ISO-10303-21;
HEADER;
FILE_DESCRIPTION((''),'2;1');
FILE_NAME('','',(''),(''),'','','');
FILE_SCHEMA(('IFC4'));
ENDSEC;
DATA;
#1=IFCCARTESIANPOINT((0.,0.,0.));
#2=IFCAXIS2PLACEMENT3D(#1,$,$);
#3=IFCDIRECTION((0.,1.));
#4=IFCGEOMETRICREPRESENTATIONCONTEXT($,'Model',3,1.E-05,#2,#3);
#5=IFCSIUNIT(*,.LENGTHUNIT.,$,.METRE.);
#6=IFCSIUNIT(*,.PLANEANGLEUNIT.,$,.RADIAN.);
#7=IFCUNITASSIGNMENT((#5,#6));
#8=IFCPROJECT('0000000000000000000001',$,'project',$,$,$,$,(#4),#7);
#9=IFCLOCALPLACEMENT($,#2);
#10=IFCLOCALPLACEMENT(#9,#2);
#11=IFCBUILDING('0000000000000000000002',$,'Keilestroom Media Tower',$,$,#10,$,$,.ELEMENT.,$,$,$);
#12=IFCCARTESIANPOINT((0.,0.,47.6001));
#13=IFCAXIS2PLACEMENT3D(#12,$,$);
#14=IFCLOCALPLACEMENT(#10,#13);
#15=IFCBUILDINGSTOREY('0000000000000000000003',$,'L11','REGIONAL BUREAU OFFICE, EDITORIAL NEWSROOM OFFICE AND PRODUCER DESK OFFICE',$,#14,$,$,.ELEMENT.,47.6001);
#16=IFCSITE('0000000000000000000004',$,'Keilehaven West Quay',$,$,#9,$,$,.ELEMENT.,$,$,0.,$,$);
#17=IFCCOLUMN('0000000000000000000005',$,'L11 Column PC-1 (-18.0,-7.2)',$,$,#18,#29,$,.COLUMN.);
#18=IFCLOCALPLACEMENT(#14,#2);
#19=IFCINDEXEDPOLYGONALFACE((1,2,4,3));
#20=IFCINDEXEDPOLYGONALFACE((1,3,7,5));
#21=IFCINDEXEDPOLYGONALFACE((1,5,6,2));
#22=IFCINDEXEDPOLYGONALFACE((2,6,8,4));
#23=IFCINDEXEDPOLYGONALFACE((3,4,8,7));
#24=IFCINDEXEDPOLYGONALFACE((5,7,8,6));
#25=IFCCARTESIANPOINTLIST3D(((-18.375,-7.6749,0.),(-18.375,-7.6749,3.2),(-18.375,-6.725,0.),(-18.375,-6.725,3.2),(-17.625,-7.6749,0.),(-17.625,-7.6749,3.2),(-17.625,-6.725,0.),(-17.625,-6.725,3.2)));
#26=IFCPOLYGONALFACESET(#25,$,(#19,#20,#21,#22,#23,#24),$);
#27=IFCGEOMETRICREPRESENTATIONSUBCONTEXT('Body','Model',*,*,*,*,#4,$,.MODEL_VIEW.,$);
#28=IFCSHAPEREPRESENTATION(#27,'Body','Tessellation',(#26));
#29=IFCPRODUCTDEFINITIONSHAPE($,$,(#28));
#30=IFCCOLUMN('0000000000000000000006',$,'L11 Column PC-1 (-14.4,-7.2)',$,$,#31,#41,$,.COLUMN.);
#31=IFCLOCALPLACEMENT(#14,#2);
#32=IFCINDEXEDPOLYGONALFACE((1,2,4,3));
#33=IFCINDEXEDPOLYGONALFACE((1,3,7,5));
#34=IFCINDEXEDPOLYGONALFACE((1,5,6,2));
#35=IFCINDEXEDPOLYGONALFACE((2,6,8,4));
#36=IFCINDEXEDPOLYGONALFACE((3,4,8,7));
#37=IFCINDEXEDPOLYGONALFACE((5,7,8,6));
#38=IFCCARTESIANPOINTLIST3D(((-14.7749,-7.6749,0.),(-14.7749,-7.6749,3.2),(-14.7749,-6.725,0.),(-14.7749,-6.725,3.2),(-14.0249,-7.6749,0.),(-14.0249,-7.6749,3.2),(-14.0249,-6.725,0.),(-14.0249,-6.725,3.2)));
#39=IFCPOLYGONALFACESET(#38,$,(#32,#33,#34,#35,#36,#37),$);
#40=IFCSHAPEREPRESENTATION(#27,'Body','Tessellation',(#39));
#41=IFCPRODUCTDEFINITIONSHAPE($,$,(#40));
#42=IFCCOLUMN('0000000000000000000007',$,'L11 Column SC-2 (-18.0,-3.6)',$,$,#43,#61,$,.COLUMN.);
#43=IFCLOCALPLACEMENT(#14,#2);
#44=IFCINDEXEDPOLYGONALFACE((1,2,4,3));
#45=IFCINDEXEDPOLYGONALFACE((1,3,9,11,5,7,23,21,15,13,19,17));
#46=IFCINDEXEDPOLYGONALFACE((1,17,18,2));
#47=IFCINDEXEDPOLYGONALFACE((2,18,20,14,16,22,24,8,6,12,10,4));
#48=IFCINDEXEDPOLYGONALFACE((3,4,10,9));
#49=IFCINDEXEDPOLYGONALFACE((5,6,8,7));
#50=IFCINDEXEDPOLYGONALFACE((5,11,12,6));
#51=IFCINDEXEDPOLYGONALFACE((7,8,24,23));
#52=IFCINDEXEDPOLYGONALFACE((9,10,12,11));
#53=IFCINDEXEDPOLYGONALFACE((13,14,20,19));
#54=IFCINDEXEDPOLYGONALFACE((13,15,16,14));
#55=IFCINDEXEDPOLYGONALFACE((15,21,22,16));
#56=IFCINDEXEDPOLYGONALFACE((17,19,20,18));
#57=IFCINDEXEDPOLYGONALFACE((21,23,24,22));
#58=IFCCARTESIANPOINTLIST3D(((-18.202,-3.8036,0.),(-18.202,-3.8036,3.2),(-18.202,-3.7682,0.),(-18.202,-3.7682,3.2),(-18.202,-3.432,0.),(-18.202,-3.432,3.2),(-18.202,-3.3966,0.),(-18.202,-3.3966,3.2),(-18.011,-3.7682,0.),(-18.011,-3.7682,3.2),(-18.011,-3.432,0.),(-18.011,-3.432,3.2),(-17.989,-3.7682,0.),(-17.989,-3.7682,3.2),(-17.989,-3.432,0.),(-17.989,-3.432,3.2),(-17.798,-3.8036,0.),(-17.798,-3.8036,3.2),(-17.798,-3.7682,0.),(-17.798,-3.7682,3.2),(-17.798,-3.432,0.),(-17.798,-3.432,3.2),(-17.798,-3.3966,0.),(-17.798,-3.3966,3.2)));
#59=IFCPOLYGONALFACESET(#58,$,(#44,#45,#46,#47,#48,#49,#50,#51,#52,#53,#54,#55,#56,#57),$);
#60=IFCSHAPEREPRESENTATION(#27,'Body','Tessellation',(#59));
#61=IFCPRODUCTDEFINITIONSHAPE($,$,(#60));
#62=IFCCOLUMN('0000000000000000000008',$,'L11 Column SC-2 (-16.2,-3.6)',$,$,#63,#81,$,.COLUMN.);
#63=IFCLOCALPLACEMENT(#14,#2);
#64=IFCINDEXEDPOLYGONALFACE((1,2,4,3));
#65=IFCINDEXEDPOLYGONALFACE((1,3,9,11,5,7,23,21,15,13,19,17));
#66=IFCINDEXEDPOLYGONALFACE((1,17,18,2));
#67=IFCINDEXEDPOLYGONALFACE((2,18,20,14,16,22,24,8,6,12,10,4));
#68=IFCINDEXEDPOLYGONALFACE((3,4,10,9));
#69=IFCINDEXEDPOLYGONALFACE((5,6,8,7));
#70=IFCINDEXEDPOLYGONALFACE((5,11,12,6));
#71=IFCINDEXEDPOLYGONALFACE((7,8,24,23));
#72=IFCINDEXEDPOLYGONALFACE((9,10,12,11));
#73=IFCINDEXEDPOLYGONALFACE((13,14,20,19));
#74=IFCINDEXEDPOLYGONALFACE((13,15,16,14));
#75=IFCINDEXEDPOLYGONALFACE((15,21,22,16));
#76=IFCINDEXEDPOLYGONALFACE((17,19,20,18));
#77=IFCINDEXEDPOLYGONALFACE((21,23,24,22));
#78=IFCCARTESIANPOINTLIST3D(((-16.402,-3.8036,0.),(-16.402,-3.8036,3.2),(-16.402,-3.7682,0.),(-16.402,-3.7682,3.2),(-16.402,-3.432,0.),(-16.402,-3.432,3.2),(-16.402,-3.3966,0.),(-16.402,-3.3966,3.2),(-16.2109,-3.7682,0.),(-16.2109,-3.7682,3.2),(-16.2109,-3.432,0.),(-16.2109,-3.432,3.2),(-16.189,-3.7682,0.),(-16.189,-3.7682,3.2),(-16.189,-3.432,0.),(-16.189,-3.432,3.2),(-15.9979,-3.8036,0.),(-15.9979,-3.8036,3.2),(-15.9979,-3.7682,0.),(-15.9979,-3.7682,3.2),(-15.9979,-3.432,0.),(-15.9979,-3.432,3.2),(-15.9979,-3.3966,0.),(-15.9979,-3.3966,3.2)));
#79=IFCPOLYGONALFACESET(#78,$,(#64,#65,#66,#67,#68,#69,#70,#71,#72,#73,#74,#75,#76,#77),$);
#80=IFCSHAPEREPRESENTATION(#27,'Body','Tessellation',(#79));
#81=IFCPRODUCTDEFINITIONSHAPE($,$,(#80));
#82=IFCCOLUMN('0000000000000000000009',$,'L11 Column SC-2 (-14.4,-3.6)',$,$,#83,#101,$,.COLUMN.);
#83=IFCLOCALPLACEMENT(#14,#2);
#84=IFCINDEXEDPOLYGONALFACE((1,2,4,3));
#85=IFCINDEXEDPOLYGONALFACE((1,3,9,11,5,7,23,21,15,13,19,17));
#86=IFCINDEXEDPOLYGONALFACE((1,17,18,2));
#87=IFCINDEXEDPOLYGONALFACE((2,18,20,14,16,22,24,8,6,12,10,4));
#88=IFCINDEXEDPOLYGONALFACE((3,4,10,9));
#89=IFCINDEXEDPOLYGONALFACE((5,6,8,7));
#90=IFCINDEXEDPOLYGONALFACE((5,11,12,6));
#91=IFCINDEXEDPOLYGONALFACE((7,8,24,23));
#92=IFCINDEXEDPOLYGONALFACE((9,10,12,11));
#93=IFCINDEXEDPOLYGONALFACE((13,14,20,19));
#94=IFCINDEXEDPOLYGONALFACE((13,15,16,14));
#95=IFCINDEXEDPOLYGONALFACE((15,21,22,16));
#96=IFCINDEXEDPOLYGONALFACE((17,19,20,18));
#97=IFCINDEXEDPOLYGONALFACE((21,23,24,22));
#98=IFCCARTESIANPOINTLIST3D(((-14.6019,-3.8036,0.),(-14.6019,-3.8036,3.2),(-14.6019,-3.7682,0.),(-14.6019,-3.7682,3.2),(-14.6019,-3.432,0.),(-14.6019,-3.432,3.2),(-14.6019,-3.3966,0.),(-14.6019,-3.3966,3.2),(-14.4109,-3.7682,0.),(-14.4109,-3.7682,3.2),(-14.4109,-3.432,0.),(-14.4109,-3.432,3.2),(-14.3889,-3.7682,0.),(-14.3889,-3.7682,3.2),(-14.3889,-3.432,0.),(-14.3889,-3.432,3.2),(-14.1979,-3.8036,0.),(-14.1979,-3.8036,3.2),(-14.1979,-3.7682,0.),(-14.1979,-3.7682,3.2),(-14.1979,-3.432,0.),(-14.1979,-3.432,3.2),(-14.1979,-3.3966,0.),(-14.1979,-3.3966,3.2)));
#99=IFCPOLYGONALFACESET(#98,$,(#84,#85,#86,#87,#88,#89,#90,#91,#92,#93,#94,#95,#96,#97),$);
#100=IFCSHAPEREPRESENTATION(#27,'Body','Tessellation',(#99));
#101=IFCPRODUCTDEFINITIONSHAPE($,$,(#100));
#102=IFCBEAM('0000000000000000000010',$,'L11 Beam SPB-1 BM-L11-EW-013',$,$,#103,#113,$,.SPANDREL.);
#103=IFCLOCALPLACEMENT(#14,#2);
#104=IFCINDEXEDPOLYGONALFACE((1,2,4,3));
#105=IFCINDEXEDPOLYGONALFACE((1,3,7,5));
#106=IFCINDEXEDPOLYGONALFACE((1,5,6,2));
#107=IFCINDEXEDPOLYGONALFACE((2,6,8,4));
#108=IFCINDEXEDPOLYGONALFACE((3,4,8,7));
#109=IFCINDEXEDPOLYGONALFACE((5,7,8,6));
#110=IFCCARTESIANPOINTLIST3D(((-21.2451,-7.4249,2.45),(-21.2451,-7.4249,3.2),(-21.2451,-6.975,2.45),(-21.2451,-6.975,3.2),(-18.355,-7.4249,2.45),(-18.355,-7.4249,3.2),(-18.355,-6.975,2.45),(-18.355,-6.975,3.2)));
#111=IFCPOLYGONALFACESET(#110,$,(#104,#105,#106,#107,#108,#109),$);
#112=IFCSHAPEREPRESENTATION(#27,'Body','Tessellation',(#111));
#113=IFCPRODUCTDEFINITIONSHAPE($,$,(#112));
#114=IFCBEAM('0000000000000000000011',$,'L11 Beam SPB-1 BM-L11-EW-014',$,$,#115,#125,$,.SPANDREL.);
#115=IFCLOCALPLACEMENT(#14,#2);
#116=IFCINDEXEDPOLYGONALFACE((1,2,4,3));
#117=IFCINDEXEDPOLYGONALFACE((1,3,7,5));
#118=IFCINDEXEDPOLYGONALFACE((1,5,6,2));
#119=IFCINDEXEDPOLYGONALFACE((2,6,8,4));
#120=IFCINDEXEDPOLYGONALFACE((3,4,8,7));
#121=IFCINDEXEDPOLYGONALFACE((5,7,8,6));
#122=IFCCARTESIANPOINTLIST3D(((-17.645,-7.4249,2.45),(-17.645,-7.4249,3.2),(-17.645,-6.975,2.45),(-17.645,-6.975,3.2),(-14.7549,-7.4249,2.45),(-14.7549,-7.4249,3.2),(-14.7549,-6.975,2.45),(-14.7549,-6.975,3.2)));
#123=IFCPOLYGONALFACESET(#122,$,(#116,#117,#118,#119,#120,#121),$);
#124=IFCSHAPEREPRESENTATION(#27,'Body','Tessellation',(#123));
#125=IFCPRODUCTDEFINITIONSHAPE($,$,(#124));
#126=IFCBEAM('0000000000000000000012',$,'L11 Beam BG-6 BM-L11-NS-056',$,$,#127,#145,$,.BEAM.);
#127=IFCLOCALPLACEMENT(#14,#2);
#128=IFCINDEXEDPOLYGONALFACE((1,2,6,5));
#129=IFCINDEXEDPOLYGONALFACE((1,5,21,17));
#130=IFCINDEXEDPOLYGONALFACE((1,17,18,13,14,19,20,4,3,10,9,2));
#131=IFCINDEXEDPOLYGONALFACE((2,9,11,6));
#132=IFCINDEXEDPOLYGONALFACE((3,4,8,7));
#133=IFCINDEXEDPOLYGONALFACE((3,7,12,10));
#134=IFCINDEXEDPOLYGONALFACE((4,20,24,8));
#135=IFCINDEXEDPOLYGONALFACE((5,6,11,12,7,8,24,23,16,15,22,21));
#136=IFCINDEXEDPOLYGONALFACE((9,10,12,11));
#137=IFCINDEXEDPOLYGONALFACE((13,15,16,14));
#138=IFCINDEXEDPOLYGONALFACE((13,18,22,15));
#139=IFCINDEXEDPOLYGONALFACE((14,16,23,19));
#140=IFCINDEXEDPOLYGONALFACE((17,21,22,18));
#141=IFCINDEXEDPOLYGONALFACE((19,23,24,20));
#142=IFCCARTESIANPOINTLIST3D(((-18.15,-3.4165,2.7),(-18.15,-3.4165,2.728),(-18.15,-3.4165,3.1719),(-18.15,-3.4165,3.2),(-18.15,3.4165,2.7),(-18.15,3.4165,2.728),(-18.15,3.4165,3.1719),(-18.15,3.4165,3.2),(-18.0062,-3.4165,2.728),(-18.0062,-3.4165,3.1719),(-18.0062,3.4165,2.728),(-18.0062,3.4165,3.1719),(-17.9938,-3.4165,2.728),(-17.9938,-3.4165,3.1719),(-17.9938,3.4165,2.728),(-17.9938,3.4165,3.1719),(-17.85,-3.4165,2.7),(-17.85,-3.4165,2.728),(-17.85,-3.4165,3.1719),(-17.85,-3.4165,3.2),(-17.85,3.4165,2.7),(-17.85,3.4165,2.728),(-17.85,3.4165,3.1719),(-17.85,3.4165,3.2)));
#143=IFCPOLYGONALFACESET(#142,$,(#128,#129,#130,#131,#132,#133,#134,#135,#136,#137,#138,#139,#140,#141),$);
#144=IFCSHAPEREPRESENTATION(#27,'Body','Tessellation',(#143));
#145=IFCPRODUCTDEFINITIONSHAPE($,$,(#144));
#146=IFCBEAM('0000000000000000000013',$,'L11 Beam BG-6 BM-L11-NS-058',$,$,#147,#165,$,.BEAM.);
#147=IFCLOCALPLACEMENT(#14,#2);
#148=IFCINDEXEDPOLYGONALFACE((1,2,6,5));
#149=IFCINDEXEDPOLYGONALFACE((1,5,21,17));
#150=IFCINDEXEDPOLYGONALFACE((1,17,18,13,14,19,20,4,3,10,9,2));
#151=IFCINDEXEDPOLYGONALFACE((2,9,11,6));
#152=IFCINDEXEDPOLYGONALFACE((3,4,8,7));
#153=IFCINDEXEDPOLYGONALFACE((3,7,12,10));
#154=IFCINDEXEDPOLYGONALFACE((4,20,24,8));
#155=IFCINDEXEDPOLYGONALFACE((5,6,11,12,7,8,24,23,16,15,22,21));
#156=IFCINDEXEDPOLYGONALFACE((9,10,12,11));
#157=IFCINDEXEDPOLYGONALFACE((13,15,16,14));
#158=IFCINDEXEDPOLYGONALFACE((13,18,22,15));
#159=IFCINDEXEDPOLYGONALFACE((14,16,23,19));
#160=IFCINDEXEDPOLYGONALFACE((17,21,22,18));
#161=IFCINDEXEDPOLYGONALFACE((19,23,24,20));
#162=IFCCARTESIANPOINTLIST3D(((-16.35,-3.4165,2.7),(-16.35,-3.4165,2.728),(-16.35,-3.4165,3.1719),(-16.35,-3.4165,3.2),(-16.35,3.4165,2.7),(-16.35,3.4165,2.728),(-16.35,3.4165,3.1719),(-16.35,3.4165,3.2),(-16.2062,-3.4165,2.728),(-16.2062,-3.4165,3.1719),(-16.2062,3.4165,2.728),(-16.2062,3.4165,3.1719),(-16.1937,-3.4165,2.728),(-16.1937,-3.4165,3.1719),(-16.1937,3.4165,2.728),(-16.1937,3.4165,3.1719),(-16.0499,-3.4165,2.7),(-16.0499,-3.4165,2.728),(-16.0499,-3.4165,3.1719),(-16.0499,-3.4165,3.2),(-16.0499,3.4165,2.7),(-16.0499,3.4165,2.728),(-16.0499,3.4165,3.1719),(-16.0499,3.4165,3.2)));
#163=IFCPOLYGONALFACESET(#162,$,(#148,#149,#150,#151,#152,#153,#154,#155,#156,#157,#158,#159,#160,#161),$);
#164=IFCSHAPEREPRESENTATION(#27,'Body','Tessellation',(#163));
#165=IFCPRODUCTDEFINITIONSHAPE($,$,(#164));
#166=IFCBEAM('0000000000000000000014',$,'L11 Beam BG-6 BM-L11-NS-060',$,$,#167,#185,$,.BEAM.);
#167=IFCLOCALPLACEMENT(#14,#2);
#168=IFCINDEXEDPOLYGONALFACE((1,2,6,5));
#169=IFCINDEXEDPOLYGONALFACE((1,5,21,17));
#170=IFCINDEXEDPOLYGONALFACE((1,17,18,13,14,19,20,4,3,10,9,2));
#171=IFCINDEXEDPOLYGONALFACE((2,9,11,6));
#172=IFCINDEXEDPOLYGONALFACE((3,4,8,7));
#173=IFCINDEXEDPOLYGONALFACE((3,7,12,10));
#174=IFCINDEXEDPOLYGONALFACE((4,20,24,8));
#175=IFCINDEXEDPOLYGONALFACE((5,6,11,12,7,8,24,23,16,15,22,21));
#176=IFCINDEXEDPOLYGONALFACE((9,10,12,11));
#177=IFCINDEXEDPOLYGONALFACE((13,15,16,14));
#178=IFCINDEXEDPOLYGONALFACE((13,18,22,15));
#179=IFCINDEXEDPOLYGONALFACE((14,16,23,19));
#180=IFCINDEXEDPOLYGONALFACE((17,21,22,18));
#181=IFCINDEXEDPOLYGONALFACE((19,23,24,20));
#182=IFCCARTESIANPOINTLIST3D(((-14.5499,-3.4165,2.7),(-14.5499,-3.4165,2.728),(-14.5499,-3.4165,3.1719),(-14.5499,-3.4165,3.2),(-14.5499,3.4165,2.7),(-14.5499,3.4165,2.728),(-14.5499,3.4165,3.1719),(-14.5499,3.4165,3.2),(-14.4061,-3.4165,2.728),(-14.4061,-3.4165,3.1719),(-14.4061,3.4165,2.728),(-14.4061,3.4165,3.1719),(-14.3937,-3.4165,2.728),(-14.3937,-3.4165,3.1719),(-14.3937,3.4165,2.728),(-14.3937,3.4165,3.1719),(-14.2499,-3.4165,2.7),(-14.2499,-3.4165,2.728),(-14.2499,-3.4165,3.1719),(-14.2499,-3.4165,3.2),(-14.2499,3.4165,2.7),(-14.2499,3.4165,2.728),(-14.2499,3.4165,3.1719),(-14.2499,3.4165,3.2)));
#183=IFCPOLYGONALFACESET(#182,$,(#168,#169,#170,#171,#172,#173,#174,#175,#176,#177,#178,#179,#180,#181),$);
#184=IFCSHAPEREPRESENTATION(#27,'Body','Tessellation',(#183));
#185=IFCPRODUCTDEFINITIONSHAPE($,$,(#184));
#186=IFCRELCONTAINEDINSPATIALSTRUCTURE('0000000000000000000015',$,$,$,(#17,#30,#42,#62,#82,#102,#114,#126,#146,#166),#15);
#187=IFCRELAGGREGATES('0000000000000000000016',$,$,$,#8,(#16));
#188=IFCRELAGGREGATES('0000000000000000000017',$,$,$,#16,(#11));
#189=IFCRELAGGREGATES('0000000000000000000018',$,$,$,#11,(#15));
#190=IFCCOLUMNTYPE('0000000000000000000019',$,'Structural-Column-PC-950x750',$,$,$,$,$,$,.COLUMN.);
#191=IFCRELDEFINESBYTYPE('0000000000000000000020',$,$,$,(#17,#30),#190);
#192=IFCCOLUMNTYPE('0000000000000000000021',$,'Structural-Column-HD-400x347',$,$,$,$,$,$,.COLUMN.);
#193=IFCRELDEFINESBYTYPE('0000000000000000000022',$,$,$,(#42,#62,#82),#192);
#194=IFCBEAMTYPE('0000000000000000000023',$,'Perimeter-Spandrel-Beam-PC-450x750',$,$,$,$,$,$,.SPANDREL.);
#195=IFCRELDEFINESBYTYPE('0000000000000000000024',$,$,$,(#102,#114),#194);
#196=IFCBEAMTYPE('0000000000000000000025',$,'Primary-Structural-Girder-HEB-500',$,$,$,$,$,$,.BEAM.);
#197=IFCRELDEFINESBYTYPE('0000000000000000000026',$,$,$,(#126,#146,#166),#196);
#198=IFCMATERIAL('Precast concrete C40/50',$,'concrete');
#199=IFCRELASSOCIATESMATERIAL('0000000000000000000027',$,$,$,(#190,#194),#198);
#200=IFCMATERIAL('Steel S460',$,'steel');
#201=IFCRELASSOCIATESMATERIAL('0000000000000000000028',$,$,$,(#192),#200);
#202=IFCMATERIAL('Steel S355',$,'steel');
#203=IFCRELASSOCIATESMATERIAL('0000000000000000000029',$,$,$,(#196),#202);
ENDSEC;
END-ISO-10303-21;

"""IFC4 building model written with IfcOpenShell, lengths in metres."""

from ifc_helpers import new_model, si_unit, direction, frame, origin, origin_2d, place, context, subcontext, project, spatial, rectangle, i_section, extrude, source, transform, mapped, material, material_profile, profile_set, type_object, element, save


model = new_model("IFC4")

# Units and contexts
model_context = context("Model", 3, precision=1e-05, world=origin(), true_north=direction((0.0, 1.0)))
body_context = subcontext(model_context, "Body", "Model", "MODEL_VIEW")
ifc_project = project(units=[si_unit("LENGTHUNIT", "METRE"), si_unit("PLANEANGLEUNIT", "RADIAN")], contexts=[model_context])

# Site, building, storey
site_placement = place(None, origin())
site = spatial("IfcSite", under=ifc_project, at=site_placement, Name="Keilehaven West Quay", CompositionType="ELEMENT", RefElevation=0.0)
building_placement = place(site_placement, origin())
building = spatial("IfcBuilding", under=site, at=building_placement, Name="Keilestroom Media Tower", CompositionType="ELEMENT")
storey_placement = place(building_placement, frame((0.0, 0.0, 47.6001)))
storey = spatial("IfcBuildingStorey", under=building, at=storey_placement, Name="L11", Description="REGIONAL BUREAU OFFICE, EDITORIAL NEWSROOM OFFICE AND PRODUCER DESK OFFICE", CompositionType="ELEMENT", Elevation=47.6001)

# Columns
ifc_material_1 = material(Name="Precast concrete C40/50", Category="concrete")
ifc_material_profile_1 = material_profile(ifc_material_1, rectangle(XDim=0.75, YDim=0.95, at=origin_2d()), Name="PC 950x750")
ifc_profile_set_1 = profile_set([ifc_material_profile_1], Name="Precast concrete C40/50")
column_type_1 = type_object("IfcColumnType", Name="Structural-Column-PC-950x750", PredefinedType="COLUMN", material=ifc_profile_set_1)
shared_shape_1 = source(origin(), body_context, "Body", "SweptSolid", [
    extrude(rectangle(XDim=0.75, YDim=0.95, at=origin_2d()), origin(), (0.0, 0.0, 1.0), 3.2),
])
for number, where, z_axis, x_axis, name in (
    (1, (-18.0, -7.2, 0.0), (0.0, 0.0, 1.0), (1.0, 0.0, 0.0), "L11 Column PC-1 (-18.0,-7.2)"),
    (2, (-14.3999, -7.2, 0.0), (0.0, 0.0, 1.0), (1.0, 0.0, 0.0), "L11 Column PC-1 (-14.4,-7.2)"),
):
    element("IfcColumn", number, at=place(storey_placement, frame(where, z_axis=z_axis, x_axis=x_axis)), inside=storey, type_object=column_type_1, Name=name, PredefinedType="COLUMN", context=body_context, shape_type="MappedRepresentation", body=[
        mapped(shared_shape_1, transform((0.0, 0.0, 0.0), x_axis=(1.0, 0.0, 0.0), y_axis=(0.0, 1.0, 0.0), z_axis=(0.0, 0.0, 1.0), scale=1.0)),
    ])
ifc_material_2 = material(Name="Steel S460", Category="steel")
ifc_material_profile_2 = material_profile(ifc_material_2, i_section(OverallWidth=0.4041, OverallDepth=0.407, WebThickness=0.022, FlangeThickness=0.0354, at=origin_2d()), Name="HD 400x347")
ifc_profile_set_2 = profile_set([ifc_material_profile_2], Name="Steel S460")
column_type_2 = type_object("IfcColumnType", Name="Structural-Column-HD-400x347", PredefinedType="COLUMN", material=ifc_profile_set_2)
shared_shape_2 = source(origin(), body_context, "Body", "SweptSolid", [
    extrude(i_section(OverallWidth=0.4041, OverallDepth=0.407, WebThickness=0.022, FlangeThickness=0.0354, at=origin_2d()), origin(), (0.0, 0.0, 1.0), 3.2),
])
for number, where, z_axis, x_axis, name in (
    (3, (-18.0, -3.6001, 0.0), (0.0, 0.0, 1.0), (1.0, 0.0, 0.0), "L11 Column SC-2 (-18.0,-3.6)"),
    (4, (-16.2, -3.6001, 0.0), (0.0, 0.0, 1.0), (1.0, 0.0, 0.0), "L11 Column SC-2 (-16.2,-3.6)"),
    (5, (-14.3999, -3.6001, 0.0), (0.0, 0.0, 1.0), (1.0, 0.0, 0.0), "L11 Column SC-2 (-14.4,-3.6)"),
):
    element("IfcColumn", number, at=place(storey_placement, frame(where, z_axis=z_axis, x_axis=x_axis)), inside=storey, type_object=column_type_2, Name=name, PredefinedType="COLUMN", context=body_context, shape_type="MappedRepresentation", body=[
        mapped(shared_shape_2, transform((0.0, 0.0, 0.0), x_axis=(1.0, 0.0, 0.0), y_axis=(0.0, 1.0, 0.0), z_axis=(0.0, 0.0, 1.0), scale=1.0)),
    ])

# Beams
ifc_material_profile_3 = material_profile(ifc_material_1, rectangle(XDim=0.45, YDim=0.75, at=origin_2d()), Name="PC 450x750")
ifc_profile_set_3 = profile_set([ifc_material_profile_3], Name="Precast concrete C40/50")
beam_type_1 = type_object("IfcBeamType", Name="Perimeter-Spandrel-Beam-PC-450x750", PredefinedType="SPANDREL", material=ifc_profile_set_3)
shared_shape_3 = source(origin(), body_context, "Body", "SweptSolid", [
    extrude(rectangle(XDim=0.45, YDim=0.75, at=origin_2d()), origin(), (0.0, 0.0, 1.0), 2.8901),
])
for number, where, z_axis, x_axis, name in (
    (6, (-21.2451, -7.2, 2.825), (1.0, 0.0, 0.0), (0.0, 1.0, 0.0), "L11 Beam SPB-1 BM-L11-EW-013"),
    (7, (-17.645, -7.2, 2.825), (1.0, 0.0, 0.0), (0.0, 1.0, 0.0), "L11 Beam SPB-1 BM-L11-EW-014"),
):
    element("IfcBeam", number, at=place(storey_placement, frame(where, z_axis=z_axis, x_axis=x_axis)), inside=storey, type_object=beam_type_1, Name=name, PredefinedType="SPANDREL", context=body_context, shape_type="MappedRepresentation", body=[
        mapped(shared_shape_3, transform((0.0, 0.0, 0.0), x_axis=(1.0, 0.0, 0.0), y_axis=(0.0, 1.0, 0.0), z_axis=(0.0, 0.0, 1.0), scale=1.0)),
    ])
ifc_material_3 = material(Name="Steel S355", Category="steel")
ifc_material_profile_4 = material_profile(ifc_material_3, i_section(OverallWidth=0.3, OverallDepth=0.5, WebThickness=0.0125, FlangeThickness=0.0281, at=origin_2d()), Name="HEB 500")
ifc_profile_set_4 = profile_set([ifc_material_profile_4], Name="Steel S355")
beam_type_2 = type_object("IfcBeamType", Name="Primary-Structural-Girder-HEB-500", PredefinedType="BEAM", material=ifc_profile_set_4)
shared_shape_4 = source(origin(), body_context, "Body", "SweptSolid", [
    extrude(i_section(OverallWidth=0.3, OverallDepth=0.5, WebThickness=0.0125, FlangeThickness=0.0281, at=origin_2d()), origin(), (0.0, 0.0, 1.0), 6.833),
])
for number, where, z_axis, x_axis, name in (
    (8, (-18.0, -3.4165, 2.95), (0.0, 1.0, 0.0), (-1.0, 0.0, 0.0), "L11 Beam BG-6 BM-L11-NS-056"),
    (9, (-16.2, -3.4165, 2.95), (0.0, 1.0, 0.0), (-1.0, 0.0, 0.0), "L11 Beam BG-6 BM-L11-NS-058"),
    (10, (-14.3999, -3.4165, 2.95), (0.0, 1.0, 0.0), (-1.0, 0.0, 0.0), "L11 Beam BG-6 BM-L11-NS-060"),
):
    element("IfcBeam", number, at=place(storey_placement, frame(where, z_axis=z_axis, x_axis=x_axis)), inside=storey, type_object=beam_type_2, Name=name, PredefinedType="BEAM", context=body_context, shape_type="MappedRepresentation", body=[
        mapped(shared_shape_4, transform((0.0, 0.0, 0.0), x_axis=(1.0, 0.0, 0.0), y_axis=(0.0, 1.0, 0.0), z_axis=(0.0, 0.0, 1.0), scale=1.0)),
    ])

save(model, "model.ifc")
